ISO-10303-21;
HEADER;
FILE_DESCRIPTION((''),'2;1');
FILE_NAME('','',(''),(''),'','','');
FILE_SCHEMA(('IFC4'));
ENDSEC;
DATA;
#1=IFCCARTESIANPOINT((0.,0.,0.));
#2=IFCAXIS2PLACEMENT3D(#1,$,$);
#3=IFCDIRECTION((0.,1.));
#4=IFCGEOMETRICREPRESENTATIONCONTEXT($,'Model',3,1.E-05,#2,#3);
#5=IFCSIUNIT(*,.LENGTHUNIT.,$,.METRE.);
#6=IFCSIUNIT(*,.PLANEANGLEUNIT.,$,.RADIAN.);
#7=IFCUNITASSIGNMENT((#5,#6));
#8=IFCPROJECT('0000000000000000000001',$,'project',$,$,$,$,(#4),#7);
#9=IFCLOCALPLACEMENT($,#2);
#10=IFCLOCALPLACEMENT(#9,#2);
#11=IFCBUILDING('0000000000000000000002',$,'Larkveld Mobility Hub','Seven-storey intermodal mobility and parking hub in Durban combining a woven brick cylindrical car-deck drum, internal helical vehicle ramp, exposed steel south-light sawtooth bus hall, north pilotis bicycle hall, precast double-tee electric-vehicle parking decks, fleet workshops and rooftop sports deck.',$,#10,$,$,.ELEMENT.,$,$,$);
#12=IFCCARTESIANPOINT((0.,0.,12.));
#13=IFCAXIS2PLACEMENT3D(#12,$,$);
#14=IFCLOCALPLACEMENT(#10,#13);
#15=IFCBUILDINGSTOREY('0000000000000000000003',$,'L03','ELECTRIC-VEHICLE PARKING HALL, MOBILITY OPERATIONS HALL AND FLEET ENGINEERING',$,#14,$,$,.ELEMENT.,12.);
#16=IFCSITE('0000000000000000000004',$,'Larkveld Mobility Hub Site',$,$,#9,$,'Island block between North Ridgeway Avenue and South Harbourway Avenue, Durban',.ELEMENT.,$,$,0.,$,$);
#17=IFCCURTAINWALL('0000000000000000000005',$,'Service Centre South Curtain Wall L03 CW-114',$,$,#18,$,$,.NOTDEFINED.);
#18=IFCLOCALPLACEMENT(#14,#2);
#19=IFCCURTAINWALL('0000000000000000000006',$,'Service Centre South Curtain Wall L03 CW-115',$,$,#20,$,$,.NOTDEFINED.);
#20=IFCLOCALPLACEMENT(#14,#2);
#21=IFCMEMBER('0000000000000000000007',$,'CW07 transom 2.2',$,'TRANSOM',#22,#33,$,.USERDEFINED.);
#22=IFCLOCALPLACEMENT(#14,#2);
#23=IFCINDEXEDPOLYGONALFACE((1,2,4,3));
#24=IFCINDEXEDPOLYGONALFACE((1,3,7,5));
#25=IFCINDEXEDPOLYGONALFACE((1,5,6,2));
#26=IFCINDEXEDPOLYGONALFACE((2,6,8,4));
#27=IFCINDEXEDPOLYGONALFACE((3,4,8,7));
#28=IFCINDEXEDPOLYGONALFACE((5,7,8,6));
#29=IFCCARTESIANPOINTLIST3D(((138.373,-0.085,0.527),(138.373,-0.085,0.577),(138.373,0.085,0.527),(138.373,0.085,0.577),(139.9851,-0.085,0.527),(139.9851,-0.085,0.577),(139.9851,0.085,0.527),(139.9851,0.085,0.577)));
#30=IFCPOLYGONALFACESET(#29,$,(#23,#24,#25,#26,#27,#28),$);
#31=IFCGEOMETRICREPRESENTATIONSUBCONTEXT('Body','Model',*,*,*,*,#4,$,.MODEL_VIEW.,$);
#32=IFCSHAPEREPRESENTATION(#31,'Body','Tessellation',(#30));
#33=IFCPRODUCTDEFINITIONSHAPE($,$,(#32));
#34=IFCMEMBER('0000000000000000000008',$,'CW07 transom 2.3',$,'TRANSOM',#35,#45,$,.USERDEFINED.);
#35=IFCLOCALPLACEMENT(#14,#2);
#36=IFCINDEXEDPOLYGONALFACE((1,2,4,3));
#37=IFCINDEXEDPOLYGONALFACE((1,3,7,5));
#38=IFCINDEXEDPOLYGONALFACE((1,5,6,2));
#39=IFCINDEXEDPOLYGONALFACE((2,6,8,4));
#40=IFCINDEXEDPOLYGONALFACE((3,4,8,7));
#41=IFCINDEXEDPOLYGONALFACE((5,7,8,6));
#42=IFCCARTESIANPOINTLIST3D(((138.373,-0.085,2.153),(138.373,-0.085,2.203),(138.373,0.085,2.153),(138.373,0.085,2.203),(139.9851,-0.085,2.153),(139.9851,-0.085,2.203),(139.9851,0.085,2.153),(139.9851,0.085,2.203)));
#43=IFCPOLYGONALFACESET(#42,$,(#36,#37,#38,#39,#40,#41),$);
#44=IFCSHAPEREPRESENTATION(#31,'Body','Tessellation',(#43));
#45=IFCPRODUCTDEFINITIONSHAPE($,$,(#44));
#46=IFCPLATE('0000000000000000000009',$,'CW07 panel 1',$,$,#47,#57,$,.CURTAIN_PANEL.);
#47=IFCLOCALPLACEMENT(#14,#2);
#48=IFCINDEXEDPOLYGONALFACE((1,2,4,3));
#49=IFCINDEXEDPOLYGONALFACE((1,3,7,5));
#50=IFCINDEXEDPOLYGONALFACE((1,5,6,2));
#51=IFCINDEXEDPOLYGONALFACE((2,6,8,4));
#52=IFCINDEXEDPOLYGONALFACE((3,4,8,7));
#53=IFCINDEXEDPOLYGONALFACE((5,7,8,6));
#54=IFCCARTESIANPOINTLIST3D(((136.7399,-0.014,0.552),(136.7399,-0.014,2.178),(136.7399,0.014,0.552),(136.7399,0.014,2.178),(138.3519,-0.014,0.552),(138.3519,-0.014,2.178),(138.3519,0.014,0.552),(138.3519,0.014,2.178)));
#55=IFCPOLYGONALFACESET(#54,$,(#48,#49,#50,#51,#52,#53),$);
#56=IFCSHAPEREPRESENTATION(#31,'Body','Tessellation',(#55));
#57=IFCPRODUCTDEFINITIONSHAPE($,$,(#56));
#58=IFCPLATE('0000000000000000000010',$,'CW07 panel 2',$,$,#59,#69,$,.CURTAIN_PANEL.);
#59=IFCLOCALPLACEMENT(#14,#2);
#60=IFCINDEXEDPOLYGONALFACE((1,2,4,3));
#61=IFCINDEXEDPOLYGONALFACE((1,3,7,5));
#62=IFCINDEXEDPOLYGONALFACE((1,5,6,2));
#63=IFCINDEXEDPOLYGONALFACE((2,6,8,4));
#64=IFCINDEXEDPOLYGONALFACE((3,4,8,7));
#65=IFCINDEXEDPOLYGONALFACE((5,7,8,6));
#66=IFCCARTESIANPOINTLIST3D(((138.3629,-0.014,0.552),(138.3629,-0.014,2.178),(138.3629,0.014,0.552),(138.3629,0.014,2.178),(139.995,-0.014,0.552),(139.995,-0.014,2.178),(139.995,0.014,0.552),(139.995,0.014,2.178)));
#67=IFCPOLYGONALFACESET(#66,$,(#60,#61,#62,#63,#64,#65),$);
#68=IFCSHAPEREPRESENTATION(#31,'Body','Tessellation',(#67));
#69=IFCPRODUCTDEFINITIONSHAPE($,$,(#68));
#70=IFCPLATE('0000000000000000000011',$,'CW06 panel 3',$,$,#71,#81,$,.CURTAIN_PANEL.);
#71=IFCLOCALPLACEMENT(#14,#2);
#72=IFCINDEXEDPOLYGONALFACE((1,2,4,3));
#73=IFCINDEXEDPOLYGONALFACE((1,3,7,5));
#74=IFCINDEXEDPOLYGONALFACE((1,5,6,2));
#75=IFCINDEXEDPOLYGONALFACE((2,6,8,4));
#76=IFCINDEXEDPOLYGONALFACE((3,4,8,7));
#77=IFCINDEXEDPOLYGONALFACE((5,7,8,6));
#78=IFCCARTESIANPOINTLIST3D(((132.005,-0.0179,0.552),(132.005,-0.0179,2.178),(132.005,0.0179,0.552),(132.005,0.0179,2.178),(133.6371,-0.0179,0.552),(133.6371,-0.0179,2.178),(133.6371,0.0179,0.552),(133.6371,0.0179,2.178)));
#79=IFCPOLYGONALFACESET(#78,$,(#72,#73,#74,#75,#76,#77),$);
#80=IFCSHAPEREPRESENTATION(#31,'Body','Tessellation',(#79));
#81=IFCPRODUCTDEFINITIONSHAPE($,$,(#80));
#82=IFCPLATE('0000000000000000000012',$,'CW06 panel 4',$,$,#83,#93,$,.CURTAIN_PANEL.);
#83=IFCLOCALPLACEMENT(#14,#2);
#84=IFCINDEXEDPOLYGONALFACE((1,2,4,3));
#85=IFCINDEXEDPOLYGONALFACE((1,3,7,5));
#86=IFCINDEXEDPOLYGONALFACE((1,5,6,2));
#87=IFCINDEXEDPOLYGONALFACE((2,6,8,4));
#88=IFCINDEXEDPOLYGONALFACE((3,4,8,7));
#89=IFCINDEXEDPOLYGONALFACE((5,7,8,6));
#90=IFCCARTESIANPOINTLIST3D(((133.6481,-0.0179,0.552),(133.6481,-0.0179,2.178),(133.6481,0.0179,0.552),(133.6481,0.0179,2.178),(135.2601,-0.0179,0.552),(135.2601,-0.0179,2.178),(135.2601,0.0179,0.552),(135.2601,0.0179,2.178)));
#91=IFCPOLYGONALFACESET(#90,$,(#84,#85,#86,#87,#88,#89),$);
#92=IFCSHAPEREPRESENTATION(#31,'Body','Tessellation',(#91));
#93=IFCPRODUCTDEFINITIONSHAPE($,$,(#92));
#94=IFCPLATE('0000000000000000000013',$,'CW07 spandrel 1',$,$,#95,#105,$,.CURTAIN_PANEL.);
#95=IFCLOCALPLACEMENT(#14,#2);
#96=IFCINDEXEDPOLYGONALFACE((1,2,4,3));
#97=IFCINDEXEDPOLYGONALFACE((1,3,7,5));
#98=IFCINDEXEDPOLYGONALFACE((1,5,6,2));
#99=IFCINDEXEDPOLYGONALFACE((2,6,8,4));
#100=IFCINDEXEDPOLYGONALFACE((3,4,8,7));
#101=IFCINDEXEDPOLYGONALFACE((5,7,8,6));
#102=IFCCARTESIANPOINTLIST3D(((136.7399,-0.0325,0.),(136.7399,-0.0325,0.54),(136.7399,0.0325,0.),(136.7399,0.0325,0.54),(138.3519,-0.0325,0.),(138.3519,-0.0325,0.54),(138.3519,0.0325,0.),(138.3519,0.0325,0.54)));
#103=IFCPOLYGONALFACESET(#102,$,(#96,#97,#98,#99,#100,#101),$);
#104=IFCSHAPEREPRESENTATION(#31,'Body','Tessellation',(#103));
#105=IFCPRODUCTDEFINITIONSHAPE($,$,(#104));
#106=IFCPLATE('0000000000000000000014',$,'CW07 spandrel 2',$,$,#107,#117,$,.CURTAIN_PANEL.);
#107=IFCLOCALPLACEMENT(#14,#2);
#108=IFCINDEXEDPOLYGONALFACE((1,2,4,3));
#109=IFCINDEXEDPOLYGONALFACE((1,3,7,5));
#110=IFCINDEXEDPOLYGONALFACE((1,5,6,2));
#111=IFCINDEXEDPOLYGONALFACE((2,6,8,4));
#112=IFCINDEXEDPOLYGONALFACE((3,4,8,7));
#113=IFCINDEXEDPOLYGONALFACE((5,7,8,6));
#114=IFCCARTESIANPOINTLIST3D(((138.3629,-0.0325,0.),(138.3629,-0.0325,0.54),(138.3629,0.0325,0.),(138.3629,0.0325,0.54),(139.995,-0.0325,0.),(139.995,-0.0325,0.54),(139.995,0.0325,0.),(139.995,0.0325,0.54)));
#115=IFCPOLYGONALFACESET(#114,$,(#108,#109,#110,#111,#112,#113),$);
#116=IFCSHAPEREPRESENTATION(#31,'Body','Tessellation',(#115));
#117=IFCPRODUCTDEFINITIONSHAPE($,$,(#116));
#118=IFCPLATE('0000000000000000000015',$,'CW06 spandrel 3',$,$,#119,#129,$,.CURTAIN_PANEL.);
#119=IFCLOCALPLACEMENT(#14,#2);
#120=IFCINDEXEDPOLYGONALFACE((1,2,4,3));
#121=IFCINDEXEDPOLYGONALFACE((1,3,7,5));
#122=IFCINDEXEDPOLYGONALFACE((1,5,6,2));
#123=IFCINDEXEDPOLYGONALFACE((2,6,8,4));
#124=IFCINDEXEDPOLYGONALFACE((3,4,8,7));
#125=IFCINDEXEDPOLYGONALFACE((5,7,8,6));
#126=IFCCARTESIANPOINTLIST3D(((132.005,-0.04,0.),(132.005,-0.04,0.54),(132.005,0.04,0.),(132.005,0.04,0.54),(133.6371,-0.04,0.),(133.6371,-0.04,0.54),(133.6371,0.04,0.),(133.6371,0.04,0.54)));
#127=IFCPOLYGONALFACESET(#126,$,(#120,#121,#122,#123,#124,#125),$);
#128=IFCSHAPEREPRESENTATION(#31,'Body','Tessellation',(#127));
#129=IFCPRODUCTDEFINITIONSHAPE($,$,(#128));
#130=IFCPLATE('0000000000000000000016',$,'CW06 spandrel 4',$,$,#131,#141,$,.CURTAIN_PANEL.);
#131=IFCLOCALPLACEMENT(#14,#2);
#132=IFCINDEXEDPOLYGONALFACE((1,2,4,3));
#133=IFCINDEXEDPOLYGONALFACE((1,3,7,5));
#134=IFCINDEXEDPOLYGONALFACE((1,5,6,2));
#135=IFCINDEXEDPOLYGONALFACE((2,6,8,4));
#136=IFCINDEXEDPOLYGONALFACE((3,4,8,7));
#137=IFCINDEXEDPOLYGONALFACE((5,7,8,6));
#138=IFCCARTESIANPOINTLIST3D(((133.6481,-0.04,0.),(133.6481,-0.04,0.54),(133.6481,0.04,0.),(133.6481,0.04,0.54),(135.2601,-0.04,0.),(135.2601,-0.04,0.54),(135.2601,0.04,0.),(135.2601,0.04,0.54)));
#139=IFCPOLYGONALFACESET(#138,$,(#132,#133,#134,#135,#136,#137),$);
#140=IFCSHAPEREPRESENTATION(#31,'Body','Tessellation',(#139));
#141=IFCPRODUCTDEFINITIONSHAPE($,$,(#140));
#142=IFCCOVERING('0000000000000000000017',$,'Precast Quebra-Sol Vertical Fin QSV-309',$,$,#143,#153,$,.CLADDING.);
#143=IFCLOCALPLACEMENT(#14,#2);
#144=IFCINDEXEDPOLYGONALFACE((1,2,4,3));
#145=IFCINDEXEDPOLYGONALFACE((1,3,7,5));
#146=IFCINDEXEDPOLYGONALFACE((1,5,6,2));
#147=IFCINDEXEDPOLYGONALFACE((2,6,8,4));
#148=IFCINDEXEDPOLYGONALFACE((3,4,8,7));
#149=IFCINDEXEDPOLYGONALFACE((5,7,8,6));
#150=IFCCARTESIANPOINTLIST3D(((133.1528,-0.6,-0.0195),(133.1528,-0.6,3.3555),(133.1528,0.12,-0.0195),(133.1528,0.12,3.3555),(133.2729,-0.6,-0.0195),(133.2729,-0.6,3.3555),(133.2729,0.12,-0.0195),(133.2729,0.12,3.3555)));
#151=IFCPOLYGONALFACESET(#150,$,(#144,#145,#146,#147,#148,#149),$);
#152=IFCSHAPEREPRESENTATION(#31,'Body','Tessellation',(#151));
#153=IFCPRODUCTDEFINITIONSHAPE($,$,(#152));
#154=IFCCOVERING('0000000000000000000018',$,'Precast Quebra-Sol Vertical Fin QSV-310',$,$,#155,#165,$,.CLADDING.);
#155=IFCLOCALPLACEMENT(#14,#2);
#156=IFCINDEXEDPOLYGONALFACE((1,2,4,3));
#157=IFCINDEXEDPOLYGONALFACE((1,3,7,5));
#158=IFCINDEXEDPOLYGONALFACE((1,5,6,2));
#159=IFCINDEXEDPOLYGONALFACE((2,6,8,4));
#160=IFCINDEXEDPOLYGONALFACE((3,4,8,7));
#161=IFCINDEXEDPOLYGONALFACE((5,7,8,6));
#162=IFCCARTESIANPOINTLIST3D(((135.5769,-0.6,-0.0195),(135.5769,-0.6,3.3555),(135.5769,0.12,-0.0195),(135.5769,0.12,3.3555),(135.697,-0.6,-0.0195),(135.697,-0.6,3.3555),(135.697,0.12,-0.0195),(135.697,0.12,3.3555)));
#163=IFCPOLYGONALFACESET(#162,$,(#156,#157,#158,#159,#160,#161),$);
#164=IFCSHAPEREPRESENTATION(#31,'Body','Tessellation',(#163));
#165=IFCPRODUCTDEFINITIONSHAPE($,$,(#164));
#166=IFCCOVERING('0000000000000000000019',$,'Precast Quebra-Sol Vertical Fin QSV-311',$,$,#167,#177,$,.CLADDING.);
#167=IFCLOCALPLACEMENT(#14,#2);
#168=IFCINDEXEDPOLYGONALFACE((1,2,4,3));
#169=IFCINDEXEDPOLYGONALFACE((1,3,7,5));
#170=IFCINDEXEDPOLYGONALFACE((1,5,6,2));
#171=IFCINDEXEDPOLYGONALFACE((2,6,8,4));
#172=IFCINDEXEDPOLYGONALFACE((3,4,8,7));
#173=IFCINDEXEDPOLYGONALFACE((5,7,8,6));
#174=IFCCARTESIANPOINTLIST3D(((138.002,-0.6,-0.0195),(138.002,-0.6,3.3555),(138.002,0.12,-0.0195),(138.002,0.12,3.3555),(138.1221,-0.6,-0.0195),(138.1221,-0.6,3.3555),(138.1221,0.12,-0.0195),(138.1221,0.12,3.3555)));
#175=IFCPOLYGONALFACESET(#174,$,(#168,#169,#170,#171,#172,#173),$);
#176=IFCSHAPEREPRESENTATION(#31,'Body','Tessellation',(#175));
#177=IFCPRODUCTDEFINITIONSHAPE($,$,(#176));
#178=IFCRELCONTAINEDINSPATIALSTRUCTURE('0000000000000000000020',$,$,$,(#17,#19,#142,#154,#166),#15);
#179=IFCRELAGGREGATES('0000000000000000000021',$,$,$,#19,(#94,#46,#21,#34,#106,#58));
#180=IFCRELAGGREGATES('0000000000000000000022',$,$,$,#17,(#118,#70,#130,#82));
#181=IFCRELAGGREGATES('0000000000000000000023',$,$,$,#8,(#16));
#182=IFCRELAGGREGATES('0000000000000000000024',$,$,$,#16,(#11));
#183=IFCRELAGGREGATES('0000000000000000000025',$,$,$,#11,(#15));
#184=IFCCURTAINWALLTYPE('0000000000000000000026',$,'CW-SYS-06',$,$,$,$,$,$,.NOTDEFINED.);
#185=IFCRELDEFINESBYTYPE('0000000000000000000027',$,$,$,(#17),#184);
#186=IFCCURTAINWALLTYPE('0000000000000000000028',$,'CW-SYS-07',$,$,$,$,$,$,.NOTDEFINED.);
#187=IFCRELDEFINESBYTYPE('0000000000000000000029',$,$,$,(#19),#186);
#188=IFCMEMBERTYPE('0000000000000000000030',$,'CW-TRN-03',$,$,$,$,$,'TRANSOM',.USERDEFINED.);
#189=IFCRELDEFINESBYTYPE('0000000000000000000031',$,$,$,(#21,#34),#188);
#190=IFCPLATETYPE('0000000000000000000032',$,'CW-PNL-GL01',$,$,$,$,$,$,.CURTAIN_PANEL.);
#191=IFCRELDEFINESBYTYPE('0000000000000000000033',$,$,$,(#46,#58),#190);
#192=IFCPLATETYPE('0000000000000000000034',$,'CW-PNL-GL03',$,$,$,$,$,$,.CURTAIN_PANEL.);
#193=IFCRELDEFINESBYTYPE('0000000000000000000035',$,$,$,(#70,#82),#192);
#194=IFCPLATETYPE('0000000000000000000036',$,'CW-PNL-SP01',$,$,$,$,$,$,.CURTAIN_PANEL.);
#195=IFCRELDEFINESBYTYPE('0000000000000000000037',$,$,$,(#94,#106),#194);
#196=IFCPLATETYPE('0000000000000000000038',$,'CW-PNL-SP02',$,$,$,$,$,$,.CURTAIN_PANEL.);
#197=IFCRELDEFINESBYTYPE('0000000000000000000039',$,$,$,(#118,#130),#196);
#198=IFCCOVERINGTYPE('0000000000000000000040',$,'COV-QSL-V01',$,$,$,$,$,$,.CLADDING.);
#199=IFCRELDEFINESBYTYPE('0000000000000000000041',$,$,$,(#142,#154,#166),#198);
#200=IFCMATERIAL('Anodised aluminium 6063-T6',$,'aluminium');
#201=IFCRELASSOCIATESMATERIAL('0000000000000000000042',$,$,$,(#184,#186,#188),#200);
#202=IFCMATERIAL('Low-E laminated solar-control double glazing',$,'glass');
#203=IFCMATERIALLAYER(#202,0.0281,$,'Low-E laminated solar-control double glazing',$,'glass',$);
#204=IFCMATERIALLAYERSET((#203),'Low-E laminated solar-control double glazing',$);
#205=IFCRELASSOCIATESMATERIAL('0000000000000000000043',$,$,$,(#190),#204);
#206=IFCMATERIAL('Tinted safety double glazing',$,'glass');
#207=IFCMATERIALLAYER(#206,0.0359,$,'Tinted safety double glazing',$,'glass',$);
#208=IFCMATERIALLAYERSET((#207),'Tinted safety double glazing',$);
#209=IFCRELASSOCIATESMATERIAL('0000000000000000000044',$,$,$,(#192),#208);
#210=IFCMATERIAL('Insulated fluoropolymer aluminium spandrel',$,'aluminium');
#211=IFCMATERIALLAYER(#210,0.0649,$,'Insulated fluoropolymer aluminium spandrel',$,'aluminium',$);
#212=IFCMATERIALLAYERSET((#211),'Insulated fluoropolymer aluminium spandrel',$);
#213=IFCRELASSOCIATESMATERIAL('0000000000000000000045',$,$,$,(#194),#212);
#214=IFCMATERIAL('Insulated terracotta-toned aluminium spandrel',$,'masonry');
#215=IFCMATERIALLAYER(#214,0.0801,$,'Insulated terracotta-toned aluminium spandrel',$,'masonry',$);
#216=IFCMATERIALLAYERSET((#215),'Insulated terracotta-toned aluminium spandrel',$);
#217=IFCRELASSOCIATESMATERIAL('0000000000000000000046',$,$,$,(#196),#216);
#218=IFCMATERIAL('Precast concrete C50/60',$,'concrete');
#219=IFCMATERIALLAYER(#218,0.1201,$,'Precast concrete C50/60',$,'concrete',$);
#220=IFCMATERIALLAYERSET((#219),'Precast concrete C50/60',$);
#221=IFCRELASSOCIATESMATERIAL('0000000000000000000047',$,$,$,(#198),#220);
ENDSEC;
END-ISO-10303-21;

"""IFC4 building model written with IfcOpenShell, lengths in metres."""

from ifc_helpers import new_model, si_unit, direction, frame, origin, origin_2d, place, context, subcontext, project, spatial, rectangle, extrude, material, layer, layer_set, material_profile, profile_set, type_object, element, aggregate, save


model = new_model("IFC4")

# Units and contexts
model_context = context("Model", 3, precision=1e-05, world=origin(), true_north=direction((0.0, 1.0)))
body_context = subcontext(model_context, "Body", "Model", "MODEL_VIEW")
ifc_project = project(units=[si_unit("LENGTHUNIT", "METRE"), si_unit("PLANEANGLEUNIT", "RADIAN")], contexts=[model_context])

# Site, building, storey
site_placement = place(None, origin())
site = spatial("IfcSite", under=ifc_project, at=site_placement, Name="Larkveld Mobility Hub Site", LongName="Island block between North Ridgeway Avenue and South Harbourway Avenue, Durban", CompositionType="ELEMENT", RefElevation=0.0)
building_placement = place(site_placement, origin())
building = spatial("IfcBuilding", under=site, at=building_placement, Name="Larkveld Mobility Hub", Description="Seven-storey intermodal mobility and parking hub in Durban combining a woven brick cylindrical car-deck drum, internal helical vehicle ramp, exposed steel south-light sawtooth bus hall, north pilotis bicycle hall, precast double-tee electric-vehicle parking decks, fleet workshops and rooftop sports deck.", CompositionType="ELEMENT")
storey_placement = place(building_placement, frame((0.0, 0.0, 12.0)))
storey = spatial("IfcBuildingStorey", under=building, at=storey_placement, Name="L03", Description="ELECTRIC-VEHICLE PARKING HALL, MOBILITY OPERATIONS HALL AND FLEET ENGINEERING", CompositionType="ELEMENT", Elevation=12.0)

# Shared definitions
ifc_material_1 = material(Name="Precast concrete C50/60", Category="concrete")

# Curtain walls
ifc_material_2 = material(Name="Anodised aluminium 6063-T6", Category="aluminium")
curtain_wall_type_1 = type_object("IfcCurtainWallType", Name="CW-SYS-06", PredefinedType="NOTDEFINED", material=ifc_material_2)
curtain_wall_1_placement = place(storey_placement, origin())
curtain_wall_1 = element("IfcCurtainWall", 1, at=curtain_wall_1_placement, inside=storey, type_object=curtain_wall_type_1, Name="Service Centre South Curtain Wall L03 CW-114", PredefinedType="NOTDEFINED")
curtain_wall_type_2 = type_object("IfcCurtainWallType", Name="CW-SYS-07", PredefinedType="NOTDEFINED", material=ifc_material_2)
curtain_wall_2_placement = place(storey_placement, origin())
curtain_wall_2 = element("IfcCurtainWall", 2, at=curtain_wall_2_placement, inside=storey, type_object=curtain_wall_type_2, Name="Service Centre South Curtain Wall L03 CW-115", PredefinedType="NOTDEFINED")

# Members
ifc_material_profile_1 = material_profile(ifc_material_2, rectangle(XDim=0.1699, YDim=0.05, at=origin_2d()), Name="ALU TRAN 50x170")
ifc_profile_set_1 = profile_set([ifc_material_profile_1], Name="Anodised aluminium 6063-T6")
member_type_1 = type_object("IfcMemberType", Name="CW-TRN-03", ElementType="TRANSOM", PredefinedType="USERDEFINED", material=ifc_profile_set_1)
member_1_placement = place(storey_placement, frame((138.373, 0.0, 0.552), z_axis=(1.0, 0.0, 0.0), x_axis=(0.0, 1.0, 0.0)))
member_1 = element("IfcMember", 3, at=member_1_placement, type_object=member_type_1, Name="CW07 transom 2.2", ObjectType="TRANSOM", PredefinedType="USERDEFINED", context=body_context, shape_type="SweptSolid", body=[
    extrude(rectangle(XDim=0.1699, YDim=0.05, at=origin_2d()), origin(), (0.0, 0.0, 1.0), 1.6121),
])
member_2_placement = place(storey_placement, frame((138.373, 0.0, 2.178), z_axis=(1.0, 0.0, 0.0), x_axis=(0.0, 1.0, 0.0)))
member_2 = element("IfcMember", 4, at=member_2_placement, type_object=member_type_1, Name="CW07 transom 2.3", ObjectType="TRANSOM", PredefinedType="USERDEFINED", context=body_context, shape_type="SweptSolid", body=[
    extrude(rectangle(XDim=0.1699, YDim=0.05, at=origin_2d()), origin(), (0.0, 0.0, 1.0), 1.6121),
])

# Plates
ifc_material_3 = material(Name="Low-E laminated solar-control double glazing", Category="glass")
ifc_layer_1 = layer(ifc_material_3, 0.0281, Name="Low-E laminated solar-control double glazing", Category="glass")
ifc_layer_set_1 = layer_set([ifc_layer_1], Name="Low-E laminated solar-control double glazing")
plate_type_1 = type_object("IfcPlateType", Name="CW-PNL-GL01", PredefinedType="CURTAIN_PANEL", material=ifc_layer_set_1)
plate_1_placement = place(storey_placement, frame((137.5459, 0.0, 0.552), z_axis=(0.0, 0.0, 1.0), x_axis=(1.0, 0.0, 0.0)))
plate_1 = element("IfcPlate", 5, at=plate_1_placement, type_object=plate_type_1, Name="CW07 panel 1", PredefinedType="CURTAIN_PANEL", context=body_context, shape_type="SweptSolid", body=[
    extrude(rectangle(XDim=1.6121, YDim=0.0281, at=origin_2d()), origin(), (0.0, 0.0, 1.0), 1.626),
])
plate_2_placement = place(storey_placement, frame((139.179, 0.0, 0.552), z_axis=(0.0, 0.0, 1.0), x_axis=(1.0, 0.0, 0.0)))
plate_2 = element("IfcPlate", 6, at=plate_2_placement, type_object=plate_type_1, Name="CW07 panel 2", PredefinedType="CURTAIN_PANEL", context=body_context, shape_type="SweptSolid", body=[
    extrude(rectangle(XDim=1.6321, YDim=0.0281, at=origin_2d()), origin(), (0.0, 0.0, 1.0), 1.626),
])
ifc_material_4 = material(Name="Tinted safety double glazing", Category="glass")
ifc_layer_2 = layer(ifc_material_4, 0.0359, Name="Tinted safety double glazing", Category="glass")
ifc_layer_set_2 = layer_set([ifc_layer_2], Name="Tinted safety double glazing")
plate_type_2 = type_object("IfcPlateType", Name="CW-PNL-GL03", PredefinedType="CURTAIN_PANEL", material=ifc_layer_set_2)
plate_3_placement = place(storey_placement, frame((132.821, 0.0, 0.552), z_axis=(0.0, 0.0, 1.0), x_axis=(1.0, 0.0, 0.0)))
plate_3 = element("IfcPlate", 7, at=plate_3_placement, type_object=plate_type_2, Name="CW06 panel 3", PredefinedType="CURTAIN_PANEL", context=body_context, shape_type="SweptSolid", body=[
    extrude(rectangle(XDim=1.6321, YDim=0.0359, at=origin_2d()), origin(), (0.0, 0.0, 1.0), 1.626),
])
plate_4_placement = place(storey_placement, frame((134.4541, 0.0, 0.552), z_axis=(0.0, 0.0, 1.0), x_axis=(1.0, 0.0, 0.0)))
plate_4 = element("IfcPlate", 8, at=plate_4_placement, type_object=plate_type_2, Name="CW06 panel 4", PredefinedType="CURTAIN_PANEL", context=body_context, shape_type="SweptSolid", body=[
    extrude(rectangle(XDim=1.6121, YDim=0.0359, at=origin_2d()), origin(), (0.0, 0.0, 1.0), 1.626),
])
ifc_material_5 = material(Name="Insulated fluoropolymer aluminium spandrel", Category="aluminium")
ifc_layer_3 = layer(ifc_material_5, 0.0649, Name="Insulated fluoropolymer aluminium spandrel", Category="aluminium")
ifc_layer_set_3 = layer_set([ifc_layer_3], Name="Insulated fluoropolymer aluminium spandrel")
plate_type_3 = type_object("IfcPlateType", Name="CW-PNL-SP01", PredefinedType="CURTAIN_PANEL", material=ifc_layer_set_3)
plate_5_placement = place(storey_placement, frame((137.5459, 0.0, 0.0), z_axis=(0.0, 0.0, 1.0), x_axis=(1.0, 0.0, 0.0)))
plate_5 = element("IfcPlate", 9, at=plate_5_placement, type_object=plate_type_3, Name="CW07 spandrel 1", PredefinedType="CURTAIN_PANEL", context=body_context, shape_type="SweptSolid", body=[
    extrude(rectangle(XDim=1.6121, YDim=0.0649, at=origin_2d()), origin(), (0.0, 0.0, 1.0), 0.54),
])
plate_6_placement = place(storey_placement, frame((139.179, 0.0, 0.0), z_axis=(0.0, 0.0, 1.0), x_axis=(1.0, 0.0, 0.0)))
plate_6 = element("IfcPlate", 10, at=plate_6_placement, type_object=plate_type_3, Name="CW07 spandrel 2", PredefinedType="CURTAIN_PANEL", context=body_context, shape_type="SweptSolid", body=[
    extrude(rectangle(XDim=1.6321, YDim=0.0649, at=origin_2d()), origin(), (0.0, 0.0, 1.0), 0.54),
])
aggregate(curtain_wall_2, [plate_5, plate_1, member_1, member_2, plate_6, plate_2])
ifc_material_6 = material(Name="Insulated terracotta-toned aluminium spandrel", Category="masonry")
ifc_layer_4 = layer(ifc_material_6, 0.0801, Name="Insulated terracotta-toned aluminium spandrel", Category="masonry")
ifc_layer_set_4 = layer_set([ifc_layer_4], Name="Insulated terracotta-toned aluminium spandrel")
plate_type_4 = type_object("IfcPlateType", Name="CW-PNL-SP02", PredefinedType="CURTAIN_PANEL", material=ifc_layer_set_4)
plate_7_placement = place(storey_placement, frame((132.821, 0.0, 0.0), z_axis=(0.0, 0.0, 1.0), x_axis=(1.0, 0.0, 0.0)))
plate_7 = element("IfcPlate", 11, at=plate_7_placement, type_object=plate_type_4, Name="CW06 spandrel 3", PredefinedType="CURTAIN_PANEL", context=body_context, shape_type="SweptSolid", body=[
    extrude(rectangle(XDim=1.6321, YDim=0.0801, at=origin_2d()), origin(), (0.0, 0.0, 1.0), 0.54),
])
plate_8_placement = place(storey_placement, frame((134.4541, 0.0, 0.0), z_axis=(0.0, 0.0, 1.0), x_axis=(1.0, 0.0, 0.0)))
plate_8 = element("IfcPlate", 12, at=plate_8_placement, type_object=plate_type_4, Name="CW06 spandrel 4", PredefinedType="CURTAIN_PANEL", context=body_context, shape_type="SweptSolid", body=[
    extrude(rectangle(XDim=1.6121, YDim=0.0801, at=origin_2d()), origin(), (0.0, 0.0, 1.0), 0.54),
])
aggregate(curtain_wall_1, [plate_7, plate_3, plate_8, plate_4])

# Coverings
ifc_layer_5 = layer(ifc_material_1, 0.1201, Name="Precast concrete C50/60", Category="concrete")
ifc_layer_set_5 = layer_set([ifc_layer_5], Name="Precast concrete C50/60")
covering_type = type_object("IfcCoveringType", Name="COV-QSL-V01", PredefinedType="CLADDING", material=ifc_layer_set_5)
for number, where, z_axis, x_axis, name in (
    (13, (133.2129, -0.24, -0.0195), (0.0, 0.0, 1.0), (1.0, 0.0, 0.0), "Precast Quebra-Sol Vertical Fin QSV-309"),
    (14, (135.637, -0.24, -0.0195), (0.0, 0.0, 1.0), (1.0, 0.0, 0.0), "Precast Quebra-Sol Vertical Fin QSV-310"),
    (15, (138.062, -0.24, -0.0195), (0.0, 0.0, 1.0), (1.0, 0.0, 0.0), "Precast Quebra-Sol Vertical Fin QSV-311"),
):
    element("IfcCovering", number, at=place(storey_placement, frame(where, z_axis=z_axis, x_axis=x_axis)), inside=storey, type_object=covering_type, Name=name, PredefinedType="CLADDING", context=body_context, shape_type="SweptSolid", body=[
        extrude(rectangle(XDim=0.1201, YDim=0.72, at=origin_2d()), origin(), (0.0, 0.0, 1.0), 3.375),
    ])

save(model, "model.ifc")
